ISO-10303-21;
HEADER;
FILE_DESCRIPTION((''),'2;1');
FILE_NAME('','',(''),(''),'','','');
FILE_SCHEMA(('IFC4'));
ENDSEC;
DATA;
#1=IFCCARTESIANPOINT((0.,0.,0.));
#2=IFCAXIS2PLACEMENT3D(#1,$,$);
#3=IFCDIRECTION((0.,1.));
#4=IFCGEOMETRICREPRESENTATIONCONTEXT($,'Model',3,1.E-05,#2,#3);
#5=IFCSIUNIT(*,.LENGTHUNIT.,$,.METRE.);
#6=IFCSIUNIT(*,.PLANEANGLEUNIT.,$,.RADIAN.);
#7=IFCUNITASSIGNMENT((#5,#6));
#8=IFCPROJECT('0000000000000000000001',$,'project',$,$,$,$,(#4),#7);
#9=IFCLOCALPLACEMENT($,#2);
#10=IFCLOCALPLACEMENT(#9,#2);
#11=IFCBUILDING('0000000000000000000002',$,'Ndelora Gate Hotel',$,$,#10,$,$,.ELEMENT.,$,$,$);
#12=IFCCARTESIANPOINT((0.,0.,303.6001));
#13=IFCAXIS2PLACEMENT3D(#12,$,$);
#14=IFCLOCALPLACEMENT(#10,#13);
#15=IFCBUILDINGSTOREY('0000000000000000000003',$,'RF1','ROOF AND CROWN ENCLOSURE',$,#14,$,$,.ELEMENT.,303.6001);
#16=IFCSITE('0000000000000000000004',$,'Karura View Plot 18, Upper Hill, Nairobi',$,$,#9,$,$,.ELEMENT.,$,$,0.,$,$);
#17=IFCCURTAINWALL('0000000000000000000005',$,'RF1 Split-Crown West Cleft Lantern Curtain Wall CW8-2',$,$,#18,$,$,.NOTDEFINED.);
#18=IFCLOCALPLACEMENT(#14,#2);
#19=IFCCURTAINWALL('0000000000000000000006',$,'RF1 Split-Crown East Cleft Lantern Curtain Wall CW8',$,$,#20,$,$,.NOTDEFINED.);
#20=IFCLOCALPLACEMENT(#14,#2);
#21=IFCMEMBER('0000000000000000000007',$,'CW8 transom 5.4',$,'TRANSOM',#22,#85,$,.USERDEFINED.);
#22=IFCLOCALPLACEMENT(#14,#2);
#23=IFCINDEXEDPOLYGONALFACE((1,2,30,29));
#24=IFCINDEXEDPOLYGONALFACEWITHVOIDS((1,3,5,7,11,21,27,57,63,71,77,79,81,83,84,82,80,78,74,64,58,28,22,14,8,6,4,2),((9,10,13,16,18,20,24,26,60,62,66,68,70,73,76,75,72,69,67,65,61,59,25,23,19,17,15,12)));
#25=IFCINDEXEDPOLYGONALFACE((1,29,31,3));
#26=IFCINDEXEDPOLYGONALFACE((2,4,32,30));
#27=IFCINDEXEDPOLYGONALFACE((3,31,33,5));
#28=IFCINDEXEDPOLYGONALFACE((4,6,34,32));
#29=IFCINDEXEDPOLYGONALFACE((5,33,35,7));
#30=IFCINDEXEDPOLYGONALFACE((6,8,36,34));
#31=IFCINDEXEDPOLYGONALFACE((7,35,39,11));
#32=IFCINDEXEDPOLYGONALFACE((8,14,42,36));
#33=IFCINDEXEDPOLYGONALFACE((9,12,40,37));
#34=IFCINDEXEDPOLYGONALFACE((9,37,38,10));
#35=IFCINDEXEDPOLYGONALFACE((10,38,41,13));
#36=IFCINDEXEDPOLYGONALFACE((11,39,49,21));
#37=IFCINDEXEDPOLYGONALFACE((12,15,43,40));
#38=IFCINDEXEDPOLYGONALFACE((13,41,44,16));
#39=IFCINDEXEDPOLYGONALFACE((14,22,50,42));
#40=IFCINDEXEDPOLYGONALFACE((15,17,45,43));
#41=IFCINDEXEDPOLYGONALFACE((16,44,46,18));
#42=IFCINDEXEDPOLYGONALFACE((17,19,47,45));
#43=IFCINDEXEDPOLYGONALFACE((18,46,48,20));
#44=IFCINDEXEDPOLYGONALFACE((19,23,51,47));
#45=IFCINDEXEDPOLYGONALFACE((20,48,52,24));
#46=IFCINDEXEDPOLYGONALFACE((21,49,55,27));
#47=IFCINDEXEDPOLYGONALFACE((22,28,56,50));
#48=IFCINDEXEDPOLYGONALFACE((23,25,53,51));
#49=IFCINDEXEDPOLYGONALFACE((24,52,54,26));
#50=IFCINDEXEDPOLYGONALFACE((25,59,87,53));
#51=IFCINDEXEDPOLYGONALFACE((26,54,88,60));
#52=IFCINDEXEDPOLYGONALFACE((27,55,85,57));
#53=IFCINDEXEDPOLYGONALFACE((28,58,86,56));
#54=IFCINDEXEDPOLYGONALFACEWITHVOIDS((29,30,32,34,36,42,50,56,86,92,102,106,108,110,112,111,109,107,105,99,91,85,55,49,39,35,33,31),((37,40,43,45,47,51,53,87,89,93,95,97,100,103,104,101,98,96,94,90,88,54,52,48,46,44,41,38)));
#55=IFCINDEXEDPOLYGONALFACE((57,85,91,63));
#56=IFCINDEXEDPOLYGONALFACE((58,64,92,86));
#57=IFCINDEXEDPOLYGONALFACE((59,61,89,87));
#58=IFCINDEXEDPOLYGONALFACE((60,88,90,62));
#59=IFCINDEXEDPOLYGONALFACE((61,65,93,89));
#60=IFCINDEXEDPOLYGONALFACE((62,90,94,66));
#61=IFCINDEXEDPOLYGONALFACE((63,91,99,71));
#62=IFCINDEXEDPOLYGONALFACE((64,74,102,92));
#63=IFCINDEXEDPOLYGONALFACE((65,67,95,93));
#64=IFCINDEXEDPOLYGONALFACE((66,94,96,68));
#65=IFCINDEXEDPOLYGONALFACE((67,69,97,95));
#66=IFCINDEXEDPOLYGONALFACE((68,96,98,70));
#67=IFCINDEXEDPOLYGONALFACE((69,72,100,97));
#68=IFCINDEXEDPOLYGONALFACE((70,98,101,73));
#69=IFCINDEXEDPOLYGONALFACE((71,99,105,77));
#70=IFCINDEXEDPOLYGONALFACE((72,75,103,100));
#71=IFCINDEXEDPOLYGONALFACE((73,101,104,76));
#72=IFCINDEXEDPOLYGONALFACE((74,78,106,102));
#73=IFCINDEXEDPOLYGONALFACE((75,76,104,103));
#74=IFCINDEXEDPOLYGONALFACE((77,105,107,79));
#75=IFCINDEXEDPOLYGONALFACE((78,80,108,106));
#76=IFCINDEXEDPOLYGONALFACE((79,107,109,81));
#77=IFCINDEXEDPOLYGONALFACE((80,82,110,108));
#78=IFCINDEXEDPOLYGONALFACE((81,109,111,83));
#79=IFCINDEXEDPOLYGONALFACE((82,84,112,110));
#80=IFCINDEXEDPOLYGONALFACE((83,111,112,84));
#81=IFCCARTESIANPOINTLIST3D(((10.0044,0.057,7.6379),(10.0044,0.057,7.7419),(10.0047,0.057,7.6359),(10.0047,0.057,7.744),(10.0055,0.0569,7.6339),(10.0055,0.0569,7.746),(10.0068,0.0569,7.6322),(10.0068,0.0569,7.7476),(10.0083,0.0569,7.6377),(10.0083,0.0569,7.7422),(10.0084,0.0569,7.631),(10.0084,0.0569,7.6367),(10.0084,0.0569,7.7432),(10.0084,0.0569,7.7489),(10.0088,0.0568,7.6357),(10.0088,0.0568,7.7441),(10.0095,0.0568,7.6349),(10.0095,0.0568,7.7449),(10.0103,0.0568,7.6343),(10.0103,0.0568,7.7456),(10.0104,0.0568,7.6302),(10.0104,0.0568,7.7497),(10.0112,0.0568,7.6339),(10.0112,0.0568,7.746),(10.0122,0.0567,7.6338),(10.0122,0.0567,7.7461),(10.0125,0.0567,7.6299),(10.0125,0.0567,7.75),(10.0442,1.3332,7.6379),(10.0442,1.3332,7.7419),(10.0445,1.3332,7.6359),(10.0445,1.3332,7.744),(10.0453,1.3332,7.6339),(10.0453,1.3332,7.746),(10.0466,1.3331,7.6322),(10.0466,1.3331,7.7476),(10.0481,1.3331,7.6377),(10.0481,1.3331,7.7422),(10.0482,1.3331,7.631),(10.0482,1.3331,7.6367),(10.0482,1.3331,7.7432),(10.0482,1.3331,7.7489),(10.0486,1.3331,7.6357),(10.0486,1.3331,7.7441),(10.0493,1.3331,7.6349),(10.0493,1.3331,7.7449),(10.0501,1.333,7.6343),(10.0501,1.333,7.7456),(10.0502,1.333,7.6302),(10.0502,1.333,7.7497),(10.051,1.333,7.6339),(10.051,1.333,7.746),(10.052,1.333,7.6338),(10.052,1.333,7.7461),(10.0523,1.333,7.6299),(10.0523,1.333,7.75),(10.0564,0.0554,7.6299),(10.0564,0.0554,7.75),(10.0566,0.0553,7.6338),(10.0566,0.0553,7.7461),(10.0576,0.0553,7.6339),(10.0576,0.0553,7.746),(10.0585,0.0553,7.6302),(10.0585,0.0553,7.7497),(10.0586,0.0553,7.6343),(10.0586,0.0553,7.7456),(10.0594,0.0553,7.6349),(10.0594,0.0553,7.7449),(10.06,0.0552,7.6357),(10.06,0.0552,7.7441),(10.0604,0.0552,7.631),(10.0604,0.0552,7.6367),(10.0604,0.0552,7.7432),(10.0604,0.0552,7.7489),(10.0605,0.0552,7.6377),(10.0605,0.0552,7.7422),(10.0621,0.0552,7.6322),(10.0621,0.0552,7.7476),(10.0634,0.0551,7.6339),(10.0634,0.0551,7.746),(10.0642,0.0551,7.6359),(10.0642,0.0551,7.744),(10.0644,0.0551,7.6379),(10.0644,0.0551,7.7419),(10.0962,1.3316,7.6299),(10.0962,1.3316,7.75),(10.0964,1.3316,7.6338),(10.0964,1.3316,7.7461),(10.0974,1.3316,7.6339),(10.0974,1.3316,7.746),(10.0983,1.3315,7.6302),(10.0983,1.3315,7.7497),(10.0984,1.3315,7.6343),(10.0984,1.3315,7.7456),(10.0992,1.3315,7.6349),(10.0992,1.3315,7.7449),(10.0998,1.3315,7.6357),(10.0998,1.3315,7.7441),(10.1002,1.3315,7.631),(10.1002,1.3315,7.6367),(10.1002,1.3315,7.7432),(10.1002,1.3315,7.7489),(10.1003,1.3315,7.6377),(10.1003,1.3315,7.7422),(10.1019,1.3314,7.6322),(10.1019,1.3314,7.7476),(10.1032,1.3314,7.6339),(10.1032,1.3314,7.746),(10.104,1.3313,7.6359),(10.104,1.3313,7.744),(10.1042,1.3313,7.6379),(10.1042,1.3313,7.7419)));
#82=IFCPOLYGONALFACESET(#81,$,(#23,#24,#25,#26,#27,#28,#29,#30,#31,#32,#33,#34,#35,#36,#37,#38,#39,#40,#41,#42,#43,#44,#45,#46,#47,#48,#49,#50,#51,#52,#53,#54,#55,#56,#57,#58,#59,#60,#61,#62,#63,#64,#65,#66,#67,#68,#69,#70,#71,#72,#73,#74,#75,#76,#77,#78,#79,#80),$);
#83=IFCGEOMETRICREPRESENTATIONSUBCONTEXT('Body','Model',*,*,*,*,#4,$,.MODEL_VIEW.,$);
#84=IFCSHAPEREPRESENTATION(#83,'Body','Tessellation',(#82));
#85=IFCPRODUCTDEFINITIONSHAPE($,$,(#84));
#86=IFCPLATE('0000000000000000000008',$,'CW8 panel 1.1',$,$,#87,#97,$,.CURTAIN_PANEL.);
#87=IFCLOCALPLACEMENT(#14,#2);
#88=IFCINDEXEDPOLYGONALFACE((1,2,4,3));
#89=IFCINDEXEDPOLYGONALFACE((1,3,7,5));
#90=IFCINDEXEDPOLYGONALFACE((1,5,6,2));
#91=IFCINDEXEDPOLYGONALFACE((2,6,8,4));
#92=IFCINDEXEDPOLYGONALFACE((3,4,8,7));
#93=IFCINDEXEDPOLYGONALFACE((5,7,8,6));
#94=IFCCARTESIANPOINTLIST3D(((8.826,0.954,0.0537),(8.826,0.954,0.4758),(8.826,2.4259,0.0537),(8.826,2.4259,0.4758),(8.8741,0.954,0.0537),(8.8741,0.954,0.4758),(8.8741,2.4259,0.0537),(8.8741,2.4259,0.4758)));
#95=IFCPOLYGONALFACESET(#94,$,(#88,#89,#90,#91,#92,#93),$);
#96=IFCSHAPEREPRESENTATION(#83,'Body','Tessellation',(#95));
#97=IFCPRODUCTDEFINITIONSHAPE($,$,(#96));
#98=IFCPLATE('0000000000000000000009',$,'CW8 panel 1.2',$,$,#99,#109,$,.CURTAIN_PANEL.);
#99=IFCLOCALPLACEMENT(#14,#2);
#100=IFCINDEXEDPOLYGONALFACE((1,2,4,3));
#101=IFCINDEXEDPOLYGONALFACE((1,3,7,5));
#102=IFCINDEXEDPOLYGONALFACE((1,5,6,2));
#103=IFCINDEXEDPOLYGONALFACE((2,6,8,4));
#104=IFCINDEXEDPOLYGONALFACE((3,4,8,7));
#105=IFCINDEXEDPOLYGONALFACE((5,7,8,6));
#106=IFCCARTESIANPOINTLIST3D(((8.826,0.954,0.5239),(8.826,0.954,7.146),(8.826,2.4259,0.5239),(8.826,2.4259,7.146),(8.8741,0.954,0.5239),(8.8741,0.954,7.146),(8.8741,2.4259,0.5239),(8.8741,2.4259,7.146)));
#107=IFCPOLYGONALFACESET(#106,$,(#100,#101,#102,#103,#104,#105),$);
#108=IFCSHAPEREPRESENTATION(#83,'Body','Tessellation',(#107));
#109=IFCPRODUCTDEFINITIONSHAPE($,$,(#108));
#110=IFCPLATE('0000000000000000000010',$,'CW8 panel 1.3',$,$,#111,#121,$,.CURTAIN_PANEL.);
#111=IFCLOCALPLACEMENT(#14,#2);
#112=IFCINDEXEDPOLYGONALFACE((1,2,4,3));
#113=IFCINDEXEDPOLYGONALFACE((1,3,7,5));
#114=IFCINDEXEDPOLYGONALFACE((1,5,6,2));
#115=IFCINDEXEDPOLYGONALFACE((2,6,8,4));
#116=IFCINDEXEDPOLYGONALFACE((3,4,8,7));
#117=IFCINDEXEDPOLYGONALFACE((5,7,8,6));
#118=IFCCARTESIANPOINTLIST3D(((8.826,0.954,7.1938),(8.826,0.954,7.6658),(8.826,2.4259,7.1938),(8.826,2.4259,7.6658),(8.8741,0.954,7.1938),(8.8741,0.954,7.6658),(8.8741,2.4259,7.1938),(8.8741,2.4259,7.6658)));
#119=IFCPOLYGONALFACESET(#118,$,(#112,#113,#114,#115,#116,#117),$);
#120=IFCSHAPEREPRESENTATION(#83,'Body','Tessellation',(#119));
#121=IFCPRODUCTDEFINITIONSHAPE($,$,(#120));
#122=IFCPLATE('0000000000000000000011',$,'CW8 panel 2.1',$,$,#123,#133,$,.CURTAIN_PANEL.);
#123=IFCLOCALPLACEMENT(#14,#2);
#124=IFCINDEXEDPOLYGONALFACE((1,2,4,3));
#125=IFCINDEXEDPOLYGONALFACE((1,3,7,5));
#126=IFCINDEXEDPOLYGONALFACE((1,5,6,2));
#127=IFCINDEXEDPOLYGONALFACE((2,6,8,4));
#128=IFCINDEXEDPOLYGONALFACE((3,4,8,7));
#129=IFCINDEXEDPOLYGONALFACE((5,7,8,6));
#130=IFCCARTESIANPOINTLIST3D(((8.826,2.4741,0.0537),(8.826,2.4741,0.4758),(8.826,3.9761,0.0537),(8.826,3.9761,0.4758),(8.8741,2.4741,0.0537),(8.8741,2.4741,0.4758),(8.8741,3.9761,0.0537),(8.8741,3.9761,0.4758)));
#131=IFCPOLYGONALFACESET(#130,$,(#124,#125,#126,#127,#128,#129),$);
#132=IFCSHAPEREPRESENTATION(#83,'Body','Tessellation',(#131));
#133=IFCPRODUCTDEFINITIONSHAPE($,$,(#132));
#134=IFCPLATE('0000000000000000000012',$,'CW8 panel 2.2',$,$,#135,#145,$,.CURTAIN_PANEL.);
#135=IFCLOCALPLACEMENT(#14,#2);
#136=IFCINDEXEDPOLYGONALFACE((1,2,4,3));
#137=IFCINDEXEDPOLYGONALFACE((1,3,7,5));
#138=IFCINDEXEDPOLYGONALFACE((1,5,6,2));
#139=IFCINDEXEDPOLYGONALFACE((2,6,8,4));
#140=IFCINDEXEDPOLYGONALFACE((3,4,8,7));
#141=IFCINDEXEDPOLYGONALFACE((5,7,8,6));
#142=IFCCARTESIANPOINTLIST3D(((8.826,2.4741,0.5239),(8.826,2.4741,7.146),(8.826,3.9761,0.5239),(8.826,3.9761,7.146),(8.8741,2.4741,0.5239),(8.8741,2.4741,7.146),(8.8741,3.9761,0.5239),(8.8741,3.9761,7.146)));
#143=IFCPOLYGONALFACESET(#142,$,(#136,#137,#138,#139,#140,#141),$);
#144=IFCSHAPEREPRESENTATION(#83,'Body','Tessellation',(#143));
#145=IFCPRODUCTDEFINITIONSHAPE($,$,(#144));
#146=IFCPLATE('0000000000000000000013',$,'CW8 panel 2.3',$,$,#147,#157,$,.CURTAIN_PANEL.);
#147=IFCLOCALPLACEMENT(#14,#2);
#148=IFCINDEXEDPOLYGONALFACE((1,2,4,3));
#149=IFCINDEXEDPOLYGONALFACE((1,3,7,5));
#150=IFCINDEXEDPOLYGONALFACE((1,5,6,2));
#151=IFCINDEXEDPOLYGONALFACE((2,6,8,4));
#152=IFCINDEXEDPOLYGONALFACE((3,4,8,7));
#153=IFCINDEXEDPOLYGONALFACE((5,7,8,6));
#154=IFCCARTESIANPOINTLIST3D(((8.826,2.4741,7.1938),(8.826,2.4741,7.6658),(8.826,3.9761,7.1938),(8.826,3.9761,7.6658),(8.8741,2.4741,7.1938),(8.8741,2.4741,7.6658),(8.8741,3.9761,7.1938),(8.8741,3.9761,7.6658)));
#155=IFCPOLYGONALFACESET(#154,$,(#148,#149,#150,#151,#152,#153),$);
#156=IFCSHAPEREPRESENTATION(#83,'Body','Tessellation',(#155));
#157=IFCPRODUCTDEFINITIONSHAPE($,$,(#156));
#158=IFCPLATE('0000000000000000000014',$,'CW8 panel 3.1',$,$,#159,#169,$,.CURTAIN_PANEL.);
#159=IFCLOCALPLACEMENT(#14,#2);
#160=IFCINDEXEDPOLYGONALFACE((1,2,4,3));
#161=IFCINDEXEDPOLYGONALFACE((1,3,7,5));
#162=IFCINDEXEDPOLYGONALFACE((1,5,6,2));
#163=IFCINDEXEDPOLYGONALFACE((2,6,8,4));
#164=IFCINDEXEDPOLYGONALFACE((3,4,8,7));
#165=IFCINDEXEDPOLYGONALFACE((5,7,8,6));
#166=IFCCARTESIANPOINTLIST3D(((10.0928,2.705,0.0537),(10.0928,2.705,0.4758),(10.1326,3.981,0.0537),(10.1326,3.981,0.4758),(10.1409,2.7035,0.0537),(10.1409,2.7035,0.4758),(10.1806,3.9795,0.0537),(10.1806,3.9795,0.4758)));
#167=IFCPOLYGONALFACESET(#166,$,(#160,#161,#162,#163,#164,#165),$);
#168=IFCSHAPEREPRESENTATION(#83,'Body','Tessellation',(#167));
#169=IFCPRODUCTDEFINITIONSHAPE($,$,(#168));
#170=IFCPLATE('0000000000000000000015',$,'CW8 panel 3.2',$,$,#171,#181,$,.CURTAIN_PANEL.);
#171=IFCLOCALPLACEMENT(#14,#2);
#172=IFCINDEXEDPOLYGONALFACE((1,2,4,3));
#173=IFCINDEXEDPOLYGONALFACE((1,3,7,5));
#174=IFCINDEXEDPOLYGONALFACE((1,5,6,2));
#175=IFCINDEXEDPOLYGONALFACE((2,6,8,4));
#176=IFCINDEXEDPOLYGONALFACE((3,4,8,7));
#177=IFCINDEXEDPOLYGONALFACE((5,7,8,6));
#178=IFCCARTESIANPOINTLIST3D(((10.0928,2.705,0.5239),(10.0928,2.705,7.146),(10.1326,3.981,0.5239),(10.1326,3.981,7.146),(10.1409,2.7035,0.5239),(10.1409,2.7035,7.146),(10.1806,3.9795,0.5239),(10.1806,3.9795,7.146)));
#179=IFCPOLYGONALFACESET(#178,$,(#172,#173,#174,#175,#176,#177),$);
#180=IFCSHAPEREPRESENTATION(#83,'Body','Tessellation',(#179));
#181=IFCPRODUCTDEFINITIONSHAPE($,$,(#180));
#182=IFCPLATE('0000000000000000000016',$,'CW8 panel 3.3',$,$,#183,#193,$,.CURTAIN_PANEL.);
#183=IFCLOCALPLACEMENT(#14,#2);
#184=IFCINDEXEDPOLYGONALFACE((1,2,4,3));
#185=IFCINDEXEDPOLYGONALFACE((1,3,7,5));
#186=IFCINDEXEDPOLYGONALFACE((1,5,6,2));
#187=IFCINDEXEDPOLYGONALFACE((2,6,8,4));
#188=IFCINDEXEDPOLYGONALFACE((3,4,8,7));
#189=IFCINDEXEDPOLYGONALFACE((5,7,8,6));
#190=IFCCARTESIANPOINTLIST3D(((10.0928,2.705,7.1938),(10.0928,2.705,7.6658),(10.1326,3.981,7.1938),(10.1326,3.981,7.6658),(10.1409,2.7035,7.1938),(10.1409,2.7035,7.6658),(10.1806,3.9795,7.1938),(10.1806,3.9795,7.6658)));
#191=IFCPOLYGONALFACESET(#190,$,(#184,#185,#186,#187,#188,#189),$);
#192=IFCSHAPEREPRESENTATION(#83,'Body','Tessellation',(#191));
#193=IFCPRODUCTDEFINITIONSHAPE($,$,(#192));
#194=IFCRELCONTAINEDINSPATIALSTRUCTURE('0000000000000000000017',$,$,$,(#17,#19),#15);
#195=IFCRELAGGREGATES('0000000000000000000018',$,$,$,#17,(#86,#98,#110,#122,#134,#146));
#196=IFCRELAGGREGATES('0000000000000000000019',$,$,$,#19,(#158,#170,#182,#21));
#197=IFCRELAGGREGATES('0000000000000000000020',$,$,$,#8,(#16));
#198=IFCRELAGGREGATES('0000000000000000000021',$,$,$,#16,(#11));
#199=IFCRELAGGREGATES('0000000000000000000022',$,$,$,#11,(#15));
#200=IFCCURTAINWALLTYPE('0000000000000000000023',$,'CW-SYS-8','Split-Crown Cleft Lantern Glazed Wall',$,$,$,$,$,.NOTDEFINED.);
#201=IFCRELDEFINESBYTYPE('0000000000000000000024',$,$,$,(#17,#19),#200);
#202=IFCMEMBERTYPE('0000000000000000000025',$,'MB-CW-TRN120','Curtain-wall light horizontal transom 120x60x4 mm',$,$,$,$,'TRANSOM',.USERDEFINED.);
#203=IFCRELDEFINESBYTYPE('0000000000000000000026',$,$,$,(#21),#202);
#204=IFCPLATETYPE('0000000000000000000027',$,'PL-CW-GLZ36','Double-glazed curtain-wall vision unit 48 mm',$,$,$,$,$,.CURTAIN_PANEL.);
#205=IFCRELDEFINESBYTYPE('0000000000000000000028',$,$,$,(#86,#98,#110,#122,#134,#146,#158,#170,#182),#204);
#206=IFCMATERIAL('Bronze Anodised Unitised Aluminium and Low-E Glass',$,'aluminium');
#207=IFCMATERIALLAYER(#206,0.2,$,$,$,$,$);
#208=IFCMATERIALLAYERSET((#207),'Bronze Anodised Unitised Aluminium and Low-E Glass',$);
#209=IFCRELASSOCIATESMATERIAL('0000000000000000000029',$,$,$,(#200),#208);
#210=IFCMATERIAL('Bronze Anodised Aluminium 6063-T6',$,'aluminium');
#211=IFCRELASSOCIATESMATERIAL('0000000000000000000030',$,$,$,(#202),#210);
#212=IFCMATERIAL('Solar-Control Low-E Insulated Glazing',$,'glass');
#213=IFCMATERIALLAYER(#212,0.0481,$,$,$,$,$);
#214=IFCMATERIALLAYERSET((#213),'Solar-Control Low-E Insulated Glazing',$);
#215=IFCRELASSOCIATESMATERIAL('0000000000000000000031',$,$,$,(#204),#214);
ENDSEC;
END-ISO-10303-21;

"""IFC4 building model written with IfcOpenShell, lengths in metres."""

from ifc_helpers import new_model, si_unit, direction, frame, origin, origin_2d, place, context, subcontext, project, spatial, rectangle, hollow_rectangle, extrude, material, layer, layer_set, material_profile, profile_set, type_object, element, aggregate, save


model = new_model("IFC4")

# Units and contexts
model_context = context("Model", 3, precision=1e-05, world=origin(), true_north=direction((0.0, 1.0)))
body_context = subcontext(model_context, "Body", "Model", "MODEL_VIEW")
ifc_project = project(units=[si_unit("LENGTHUNIT", "METRE"), si_unit("PLANEANGLEUNIT", "RADIAN")], contexts=[model_context])

# Site, building, storey
site_placement = place(None, origin())
site = spatial("IfcSite", under=ifc_project, at=site_placement, Name="Karura View Plot 18, Upper Hill, Nairobi", CompositionType="ELEMENT", RefElevation=0.0)
building_placement = place(site_placement, origin())
building = spatial("IfcBuilding", under=site, at=building_placement, Name="Ndelora Gate Hotel", CompositionType="ELEMENT")
storey_placement = place(building_placement, frame((0.0, 0.0, 303.6001)))
storey = spatial("IfcBuildingStorey", under=building, at=storey_placement, Name="RF1", Description="ROOF AND CROWN ENCLOSURE", CompositionType="ELEMENT", Elevation=303.6001)

# Curtain wall
ifc_material_1 = material(Name="Bronze Anodised Unitised Aluminium and Low-E Glass", Category="aluminium")
ifc_layer_1 = layer(ifc_material_1, 0.2)
ifc_layer_set_1 = layer_set([ifc_layer_1], Name="Bronze Anodised Unitised Aluminium and Low-E Glass")
curtain_wall_type = type_object("IfcCurtainWallType", Name="CW-SYS-8", Description="Split-Crown Cleft Lantern Glazed Wall", PredefinedType="NOTDEFINED", material=ifc_layer_set_1)
curtain_wall_1_placement = place(storey_placement, origin())
curtain_wall_1 = element("IfcCurtainWall", 1, at=curtain_wall_1_placement, inside=storey, type_object=curtain_wall_type, Name="RF1 Split-Crown West Cleft Lantern Curtain Wall CW8-2", PredefinedType="NOTDEFINED")
ifc_material_2 = material(Name="Bronze Anodised Aluminium 6063-T6", Category="aluminium")

# Curtain wall
curtain_wall_2_placement = place(storey_placement, origin())
curtain_wall_2 = element("IfcCurtainWall", 2, at=curtain_wall_2_placement, inside=storey, type_object=curtain_wall_type, Name="RF1 Split-Crown East Cleft Lantern Curtain Wall CW8", PredefinedType="NOTDEFINED")

# Member
ifc_material_profile_1 = material_profile(ifc_material_2, hollow_rectangle(XDim=0.0601, YDim=0.1201, WallThickness=0.0039, InnerFilletRadius=0.0039, OuterFilletRadius=0.0081, at=origin_2d()), Name="ALU 120x60x4")
ifc_profile_set_1 = profile_set([ifc_material_profile_1], Name="Bronze Anodised Aluminium 6063-T6")
member_type_1 = type_object("IfcMemberType", Name="MB-CW-TRN120", Description="Curtain-wall light horizontal transom 120x60x4 mm", ElementType="TRANSOM", PredefinedType="USERDEFINED", material=ifc_profile_set_1)
member_1_placement = place(storey_placement, frame((10.0742, 1.3323, 7.6899), z_axis=(-0.031169, -0.999514, 0.0), x_axis=(0.999514, -0.031169, 0.0)))
member_1 = element("IfcMember", 3, at=member_1_placement, type_object=member_type_1, Name="CW8 transom 5.4", ObjectType="TRANSOM", PredefinedType="USERDEFINED", context=body_context, shape_type="SweptSolid", body=[
    extrude(hollow_rectangle(XDim=0.0601, YDim=0.1201, WallThickness=0.0039, InnerFilletRadius=0.0039, OuterFilletRadius=0.0081, at=origin_2d()), origin(), (0.0, 0.0, 1.0), 1.2769),
])

# Plates
ifc_material_3 = material(Name="Solar-Control Low-E Insulated Glazing", Category="glass")
ifc_layer_2 = layer(ifc_material_3, 0.0481)
ifc_layer_set_2 = layer_set([ifc_layer_2], Name="Solar-Control Low-E Insulated Glazing")
plate_type = type_object("IfcPlateType", Name="PL-CW-GLZ36", Description="Double-glazed curtain-wall vision unit 48 mm", PredefinedType="CURTAIN_PANEL", material=ifc_layer_set_2)
plate_1_placement = place(storey_placement, frame((8.8501, 1.6899, 0.0537), z_axis=(0.0, 0.0, 1.0), x_axis=(0.0, 1.0, 0.0)))
plate_1 = element("IfcPlate", 4, at=plate_1_placement, type_object=plate_type, Name="CW8 panel 1.1", PredefinedType="CURTAIN_PANEL", context=body_context, shape_type="SweptSolid", body=[
    extrude(rectangle(XDim=1.4719, YDim=0.0481, at=origin_2d()), origin(), (0.0, 0.0, 1.0), 0.4221),
])
plate_2_placement = place(storey_placement, frame((8.8501, 1.6899, 0.5239), z_axis=(0.0, 0.0, 1.0), x_axis=(0.0, 1.0, 0.0)))
plate_2 = element("IfcPlate", 5, at=plate_2_placement, type_object=plate_type, Name="CW8 panel 1.2", PredefinedType="CURTAIN_PANEL", context=body_context, shape_type="SweptSolid", body=[
    extrude(rectangle(XDim=1.4719, YDim=0.0481, at=origin_2d()), origin(), (0.0, 0.0, 1.0), 6.6221),
])
plate_3_placement = place(storey_placement, frame((8.8501, 1.6899, 7.1938), z_axis=(0.0, 0.0, 1.0), x_axis=(0.0, 1.0, 0.0)))
plate_3 = element("IfcPlate", 6, at=plate_3_placement, type_object=plate_type, Name="CW8 panel 1.3", PredefinedType="CURTAIN_PANEL", context=body_context, shape_type="SweptSolid", body=[
    extrude(rectangle(XDim=1.4719, YDim=0.0481, at=origin_2d()), origin(), (0.0, 0.0, 1.0), 0.4719),
])
plate_4_placement = place(storey_placement, frame((8.8501, 3.2251, 0.0537), z_axis=(0.0, 0.0, 1.0), x_axis=(0.0, 1.0, 0.0)))
plate_4 = element("IfcPlate", 7, at=plate_4_placement, type_object=plate_type, Name="CW8 panel 2.1", PredefinedType="CURTAIN_PANEL", context=body_context, shape_type="SweptSolid", body=[
    extrude(rectangle(XDim=1.502, YDim=0.0481, at=origin_2d()), origin(), (0.0, 0.0, 1.0), 0.4221),
])
plate_5_placement = place(storey_placement, frame((8.8501, 3.2251, 0.5239), z_axis=(0.0, 0.0, 1.0), x_axis=(0.0, 1.0, 0.0)))
plate_5 = element("IfcPlate", 8, at=plate_5_placement, type_object=plate_type, Name="CW8 panel 2.2", PredefinedType="CURTAIN_PANEL", context=body_context, shape_type="SweptSolid", body=[
    extrude(rectangle(XDim=1.502, YDim=0.0481, at=origin_2d()), origin(), (0.0, 0.0, 1.0), 6.6221),
])
plate_6_placement = place(storey_placement, frame((8.8501, 3.2251, 7.1938), z_axis=(0.0, 0.0, 1.0), x_axis=(0.0, 1.0, 0.0)))
plate_6 = element("IfcPlate", 9, at=plate_6_placement, type_object=plate_type, Name="CW8 panel 2.3", PredefinedType="CURTAIN_PANEL", context=body_context, shape_type="SweptSolid", body=[
    extrude(rectangle(XDim=1.502, YDim=0.0481, at=origin_2d()), origin(), (0.0, 0.0, 1.0), 0.4719),
])
aggregate(curtain_wall_1, [plate_1, plate_2, plate_3, plate_4, plate_5, plate_6])
plate_7_placement = place(storey_placement, frame((10.1367, 3.3423, 0.0537), z_axis=(0.0, 0.0, 1.0), x_axis=(-0.031131, -0.999515, 0.0)))
plate_7 = element("IfcPlate", 10, at=plate_7_placement, type_object=plate_type, Name="CW8 panel 3.1", PredefinedType="CURTAIN_PANEL", context=body_context, shape_type="SweptSolid", body=[
    extrude(rectangle(XDim=1.2766, YDim=0.0481, at=origin_2d()), origin(), (0.0, 0.0, 1.0), 0.4221),
])
plate_8_placement = place(storey_placement, frame((10.1367, 3.3423, 0.5239), z_axis=(0.0, 0.0, 1.0), x_axis=(-0.031131, -0.999515, 0.0)))
plate_8 = element("IfcPlate", 11, at=plate_8_placement, type_object=plate_type, Name="CW8 panel 3.2", PredefinedType="CURTAIN_PANEL", context=body_context, shape_type="SweptSolid", body=[
    extrude(rectangle(XDim=1.2766, YDim=0.0481, at=origin_2d()), origin(), (0.0, 0.0, 1.0), 6.6221),
])
plate_9_placement = place(storey_placement, frame((10.1367, 3.3423, 7.1938), z_axis=(0.0, 0.0, 1.0), x_axis=(-0.031131, -0.999515, 0.0)))
plate_9 = element("IfcPlate", 12, at=plate_9_placement, type_object=plate_type, Name="CW8 panel 3.3", PredefinedType="CURTAIN_PANEL", context=body_context, shape_type="SweptSolid", body=[
    extrude(rectangle(XDim=1.2766, YDim=0.0481, at=origin_2d()), origin(), (0.0, 0.0, 1.0), 0.4719),
])
aggregate(curtain_wall_2, [plate_7, plate_8, plate_9, member_1])

save(model, "model.ifc")
